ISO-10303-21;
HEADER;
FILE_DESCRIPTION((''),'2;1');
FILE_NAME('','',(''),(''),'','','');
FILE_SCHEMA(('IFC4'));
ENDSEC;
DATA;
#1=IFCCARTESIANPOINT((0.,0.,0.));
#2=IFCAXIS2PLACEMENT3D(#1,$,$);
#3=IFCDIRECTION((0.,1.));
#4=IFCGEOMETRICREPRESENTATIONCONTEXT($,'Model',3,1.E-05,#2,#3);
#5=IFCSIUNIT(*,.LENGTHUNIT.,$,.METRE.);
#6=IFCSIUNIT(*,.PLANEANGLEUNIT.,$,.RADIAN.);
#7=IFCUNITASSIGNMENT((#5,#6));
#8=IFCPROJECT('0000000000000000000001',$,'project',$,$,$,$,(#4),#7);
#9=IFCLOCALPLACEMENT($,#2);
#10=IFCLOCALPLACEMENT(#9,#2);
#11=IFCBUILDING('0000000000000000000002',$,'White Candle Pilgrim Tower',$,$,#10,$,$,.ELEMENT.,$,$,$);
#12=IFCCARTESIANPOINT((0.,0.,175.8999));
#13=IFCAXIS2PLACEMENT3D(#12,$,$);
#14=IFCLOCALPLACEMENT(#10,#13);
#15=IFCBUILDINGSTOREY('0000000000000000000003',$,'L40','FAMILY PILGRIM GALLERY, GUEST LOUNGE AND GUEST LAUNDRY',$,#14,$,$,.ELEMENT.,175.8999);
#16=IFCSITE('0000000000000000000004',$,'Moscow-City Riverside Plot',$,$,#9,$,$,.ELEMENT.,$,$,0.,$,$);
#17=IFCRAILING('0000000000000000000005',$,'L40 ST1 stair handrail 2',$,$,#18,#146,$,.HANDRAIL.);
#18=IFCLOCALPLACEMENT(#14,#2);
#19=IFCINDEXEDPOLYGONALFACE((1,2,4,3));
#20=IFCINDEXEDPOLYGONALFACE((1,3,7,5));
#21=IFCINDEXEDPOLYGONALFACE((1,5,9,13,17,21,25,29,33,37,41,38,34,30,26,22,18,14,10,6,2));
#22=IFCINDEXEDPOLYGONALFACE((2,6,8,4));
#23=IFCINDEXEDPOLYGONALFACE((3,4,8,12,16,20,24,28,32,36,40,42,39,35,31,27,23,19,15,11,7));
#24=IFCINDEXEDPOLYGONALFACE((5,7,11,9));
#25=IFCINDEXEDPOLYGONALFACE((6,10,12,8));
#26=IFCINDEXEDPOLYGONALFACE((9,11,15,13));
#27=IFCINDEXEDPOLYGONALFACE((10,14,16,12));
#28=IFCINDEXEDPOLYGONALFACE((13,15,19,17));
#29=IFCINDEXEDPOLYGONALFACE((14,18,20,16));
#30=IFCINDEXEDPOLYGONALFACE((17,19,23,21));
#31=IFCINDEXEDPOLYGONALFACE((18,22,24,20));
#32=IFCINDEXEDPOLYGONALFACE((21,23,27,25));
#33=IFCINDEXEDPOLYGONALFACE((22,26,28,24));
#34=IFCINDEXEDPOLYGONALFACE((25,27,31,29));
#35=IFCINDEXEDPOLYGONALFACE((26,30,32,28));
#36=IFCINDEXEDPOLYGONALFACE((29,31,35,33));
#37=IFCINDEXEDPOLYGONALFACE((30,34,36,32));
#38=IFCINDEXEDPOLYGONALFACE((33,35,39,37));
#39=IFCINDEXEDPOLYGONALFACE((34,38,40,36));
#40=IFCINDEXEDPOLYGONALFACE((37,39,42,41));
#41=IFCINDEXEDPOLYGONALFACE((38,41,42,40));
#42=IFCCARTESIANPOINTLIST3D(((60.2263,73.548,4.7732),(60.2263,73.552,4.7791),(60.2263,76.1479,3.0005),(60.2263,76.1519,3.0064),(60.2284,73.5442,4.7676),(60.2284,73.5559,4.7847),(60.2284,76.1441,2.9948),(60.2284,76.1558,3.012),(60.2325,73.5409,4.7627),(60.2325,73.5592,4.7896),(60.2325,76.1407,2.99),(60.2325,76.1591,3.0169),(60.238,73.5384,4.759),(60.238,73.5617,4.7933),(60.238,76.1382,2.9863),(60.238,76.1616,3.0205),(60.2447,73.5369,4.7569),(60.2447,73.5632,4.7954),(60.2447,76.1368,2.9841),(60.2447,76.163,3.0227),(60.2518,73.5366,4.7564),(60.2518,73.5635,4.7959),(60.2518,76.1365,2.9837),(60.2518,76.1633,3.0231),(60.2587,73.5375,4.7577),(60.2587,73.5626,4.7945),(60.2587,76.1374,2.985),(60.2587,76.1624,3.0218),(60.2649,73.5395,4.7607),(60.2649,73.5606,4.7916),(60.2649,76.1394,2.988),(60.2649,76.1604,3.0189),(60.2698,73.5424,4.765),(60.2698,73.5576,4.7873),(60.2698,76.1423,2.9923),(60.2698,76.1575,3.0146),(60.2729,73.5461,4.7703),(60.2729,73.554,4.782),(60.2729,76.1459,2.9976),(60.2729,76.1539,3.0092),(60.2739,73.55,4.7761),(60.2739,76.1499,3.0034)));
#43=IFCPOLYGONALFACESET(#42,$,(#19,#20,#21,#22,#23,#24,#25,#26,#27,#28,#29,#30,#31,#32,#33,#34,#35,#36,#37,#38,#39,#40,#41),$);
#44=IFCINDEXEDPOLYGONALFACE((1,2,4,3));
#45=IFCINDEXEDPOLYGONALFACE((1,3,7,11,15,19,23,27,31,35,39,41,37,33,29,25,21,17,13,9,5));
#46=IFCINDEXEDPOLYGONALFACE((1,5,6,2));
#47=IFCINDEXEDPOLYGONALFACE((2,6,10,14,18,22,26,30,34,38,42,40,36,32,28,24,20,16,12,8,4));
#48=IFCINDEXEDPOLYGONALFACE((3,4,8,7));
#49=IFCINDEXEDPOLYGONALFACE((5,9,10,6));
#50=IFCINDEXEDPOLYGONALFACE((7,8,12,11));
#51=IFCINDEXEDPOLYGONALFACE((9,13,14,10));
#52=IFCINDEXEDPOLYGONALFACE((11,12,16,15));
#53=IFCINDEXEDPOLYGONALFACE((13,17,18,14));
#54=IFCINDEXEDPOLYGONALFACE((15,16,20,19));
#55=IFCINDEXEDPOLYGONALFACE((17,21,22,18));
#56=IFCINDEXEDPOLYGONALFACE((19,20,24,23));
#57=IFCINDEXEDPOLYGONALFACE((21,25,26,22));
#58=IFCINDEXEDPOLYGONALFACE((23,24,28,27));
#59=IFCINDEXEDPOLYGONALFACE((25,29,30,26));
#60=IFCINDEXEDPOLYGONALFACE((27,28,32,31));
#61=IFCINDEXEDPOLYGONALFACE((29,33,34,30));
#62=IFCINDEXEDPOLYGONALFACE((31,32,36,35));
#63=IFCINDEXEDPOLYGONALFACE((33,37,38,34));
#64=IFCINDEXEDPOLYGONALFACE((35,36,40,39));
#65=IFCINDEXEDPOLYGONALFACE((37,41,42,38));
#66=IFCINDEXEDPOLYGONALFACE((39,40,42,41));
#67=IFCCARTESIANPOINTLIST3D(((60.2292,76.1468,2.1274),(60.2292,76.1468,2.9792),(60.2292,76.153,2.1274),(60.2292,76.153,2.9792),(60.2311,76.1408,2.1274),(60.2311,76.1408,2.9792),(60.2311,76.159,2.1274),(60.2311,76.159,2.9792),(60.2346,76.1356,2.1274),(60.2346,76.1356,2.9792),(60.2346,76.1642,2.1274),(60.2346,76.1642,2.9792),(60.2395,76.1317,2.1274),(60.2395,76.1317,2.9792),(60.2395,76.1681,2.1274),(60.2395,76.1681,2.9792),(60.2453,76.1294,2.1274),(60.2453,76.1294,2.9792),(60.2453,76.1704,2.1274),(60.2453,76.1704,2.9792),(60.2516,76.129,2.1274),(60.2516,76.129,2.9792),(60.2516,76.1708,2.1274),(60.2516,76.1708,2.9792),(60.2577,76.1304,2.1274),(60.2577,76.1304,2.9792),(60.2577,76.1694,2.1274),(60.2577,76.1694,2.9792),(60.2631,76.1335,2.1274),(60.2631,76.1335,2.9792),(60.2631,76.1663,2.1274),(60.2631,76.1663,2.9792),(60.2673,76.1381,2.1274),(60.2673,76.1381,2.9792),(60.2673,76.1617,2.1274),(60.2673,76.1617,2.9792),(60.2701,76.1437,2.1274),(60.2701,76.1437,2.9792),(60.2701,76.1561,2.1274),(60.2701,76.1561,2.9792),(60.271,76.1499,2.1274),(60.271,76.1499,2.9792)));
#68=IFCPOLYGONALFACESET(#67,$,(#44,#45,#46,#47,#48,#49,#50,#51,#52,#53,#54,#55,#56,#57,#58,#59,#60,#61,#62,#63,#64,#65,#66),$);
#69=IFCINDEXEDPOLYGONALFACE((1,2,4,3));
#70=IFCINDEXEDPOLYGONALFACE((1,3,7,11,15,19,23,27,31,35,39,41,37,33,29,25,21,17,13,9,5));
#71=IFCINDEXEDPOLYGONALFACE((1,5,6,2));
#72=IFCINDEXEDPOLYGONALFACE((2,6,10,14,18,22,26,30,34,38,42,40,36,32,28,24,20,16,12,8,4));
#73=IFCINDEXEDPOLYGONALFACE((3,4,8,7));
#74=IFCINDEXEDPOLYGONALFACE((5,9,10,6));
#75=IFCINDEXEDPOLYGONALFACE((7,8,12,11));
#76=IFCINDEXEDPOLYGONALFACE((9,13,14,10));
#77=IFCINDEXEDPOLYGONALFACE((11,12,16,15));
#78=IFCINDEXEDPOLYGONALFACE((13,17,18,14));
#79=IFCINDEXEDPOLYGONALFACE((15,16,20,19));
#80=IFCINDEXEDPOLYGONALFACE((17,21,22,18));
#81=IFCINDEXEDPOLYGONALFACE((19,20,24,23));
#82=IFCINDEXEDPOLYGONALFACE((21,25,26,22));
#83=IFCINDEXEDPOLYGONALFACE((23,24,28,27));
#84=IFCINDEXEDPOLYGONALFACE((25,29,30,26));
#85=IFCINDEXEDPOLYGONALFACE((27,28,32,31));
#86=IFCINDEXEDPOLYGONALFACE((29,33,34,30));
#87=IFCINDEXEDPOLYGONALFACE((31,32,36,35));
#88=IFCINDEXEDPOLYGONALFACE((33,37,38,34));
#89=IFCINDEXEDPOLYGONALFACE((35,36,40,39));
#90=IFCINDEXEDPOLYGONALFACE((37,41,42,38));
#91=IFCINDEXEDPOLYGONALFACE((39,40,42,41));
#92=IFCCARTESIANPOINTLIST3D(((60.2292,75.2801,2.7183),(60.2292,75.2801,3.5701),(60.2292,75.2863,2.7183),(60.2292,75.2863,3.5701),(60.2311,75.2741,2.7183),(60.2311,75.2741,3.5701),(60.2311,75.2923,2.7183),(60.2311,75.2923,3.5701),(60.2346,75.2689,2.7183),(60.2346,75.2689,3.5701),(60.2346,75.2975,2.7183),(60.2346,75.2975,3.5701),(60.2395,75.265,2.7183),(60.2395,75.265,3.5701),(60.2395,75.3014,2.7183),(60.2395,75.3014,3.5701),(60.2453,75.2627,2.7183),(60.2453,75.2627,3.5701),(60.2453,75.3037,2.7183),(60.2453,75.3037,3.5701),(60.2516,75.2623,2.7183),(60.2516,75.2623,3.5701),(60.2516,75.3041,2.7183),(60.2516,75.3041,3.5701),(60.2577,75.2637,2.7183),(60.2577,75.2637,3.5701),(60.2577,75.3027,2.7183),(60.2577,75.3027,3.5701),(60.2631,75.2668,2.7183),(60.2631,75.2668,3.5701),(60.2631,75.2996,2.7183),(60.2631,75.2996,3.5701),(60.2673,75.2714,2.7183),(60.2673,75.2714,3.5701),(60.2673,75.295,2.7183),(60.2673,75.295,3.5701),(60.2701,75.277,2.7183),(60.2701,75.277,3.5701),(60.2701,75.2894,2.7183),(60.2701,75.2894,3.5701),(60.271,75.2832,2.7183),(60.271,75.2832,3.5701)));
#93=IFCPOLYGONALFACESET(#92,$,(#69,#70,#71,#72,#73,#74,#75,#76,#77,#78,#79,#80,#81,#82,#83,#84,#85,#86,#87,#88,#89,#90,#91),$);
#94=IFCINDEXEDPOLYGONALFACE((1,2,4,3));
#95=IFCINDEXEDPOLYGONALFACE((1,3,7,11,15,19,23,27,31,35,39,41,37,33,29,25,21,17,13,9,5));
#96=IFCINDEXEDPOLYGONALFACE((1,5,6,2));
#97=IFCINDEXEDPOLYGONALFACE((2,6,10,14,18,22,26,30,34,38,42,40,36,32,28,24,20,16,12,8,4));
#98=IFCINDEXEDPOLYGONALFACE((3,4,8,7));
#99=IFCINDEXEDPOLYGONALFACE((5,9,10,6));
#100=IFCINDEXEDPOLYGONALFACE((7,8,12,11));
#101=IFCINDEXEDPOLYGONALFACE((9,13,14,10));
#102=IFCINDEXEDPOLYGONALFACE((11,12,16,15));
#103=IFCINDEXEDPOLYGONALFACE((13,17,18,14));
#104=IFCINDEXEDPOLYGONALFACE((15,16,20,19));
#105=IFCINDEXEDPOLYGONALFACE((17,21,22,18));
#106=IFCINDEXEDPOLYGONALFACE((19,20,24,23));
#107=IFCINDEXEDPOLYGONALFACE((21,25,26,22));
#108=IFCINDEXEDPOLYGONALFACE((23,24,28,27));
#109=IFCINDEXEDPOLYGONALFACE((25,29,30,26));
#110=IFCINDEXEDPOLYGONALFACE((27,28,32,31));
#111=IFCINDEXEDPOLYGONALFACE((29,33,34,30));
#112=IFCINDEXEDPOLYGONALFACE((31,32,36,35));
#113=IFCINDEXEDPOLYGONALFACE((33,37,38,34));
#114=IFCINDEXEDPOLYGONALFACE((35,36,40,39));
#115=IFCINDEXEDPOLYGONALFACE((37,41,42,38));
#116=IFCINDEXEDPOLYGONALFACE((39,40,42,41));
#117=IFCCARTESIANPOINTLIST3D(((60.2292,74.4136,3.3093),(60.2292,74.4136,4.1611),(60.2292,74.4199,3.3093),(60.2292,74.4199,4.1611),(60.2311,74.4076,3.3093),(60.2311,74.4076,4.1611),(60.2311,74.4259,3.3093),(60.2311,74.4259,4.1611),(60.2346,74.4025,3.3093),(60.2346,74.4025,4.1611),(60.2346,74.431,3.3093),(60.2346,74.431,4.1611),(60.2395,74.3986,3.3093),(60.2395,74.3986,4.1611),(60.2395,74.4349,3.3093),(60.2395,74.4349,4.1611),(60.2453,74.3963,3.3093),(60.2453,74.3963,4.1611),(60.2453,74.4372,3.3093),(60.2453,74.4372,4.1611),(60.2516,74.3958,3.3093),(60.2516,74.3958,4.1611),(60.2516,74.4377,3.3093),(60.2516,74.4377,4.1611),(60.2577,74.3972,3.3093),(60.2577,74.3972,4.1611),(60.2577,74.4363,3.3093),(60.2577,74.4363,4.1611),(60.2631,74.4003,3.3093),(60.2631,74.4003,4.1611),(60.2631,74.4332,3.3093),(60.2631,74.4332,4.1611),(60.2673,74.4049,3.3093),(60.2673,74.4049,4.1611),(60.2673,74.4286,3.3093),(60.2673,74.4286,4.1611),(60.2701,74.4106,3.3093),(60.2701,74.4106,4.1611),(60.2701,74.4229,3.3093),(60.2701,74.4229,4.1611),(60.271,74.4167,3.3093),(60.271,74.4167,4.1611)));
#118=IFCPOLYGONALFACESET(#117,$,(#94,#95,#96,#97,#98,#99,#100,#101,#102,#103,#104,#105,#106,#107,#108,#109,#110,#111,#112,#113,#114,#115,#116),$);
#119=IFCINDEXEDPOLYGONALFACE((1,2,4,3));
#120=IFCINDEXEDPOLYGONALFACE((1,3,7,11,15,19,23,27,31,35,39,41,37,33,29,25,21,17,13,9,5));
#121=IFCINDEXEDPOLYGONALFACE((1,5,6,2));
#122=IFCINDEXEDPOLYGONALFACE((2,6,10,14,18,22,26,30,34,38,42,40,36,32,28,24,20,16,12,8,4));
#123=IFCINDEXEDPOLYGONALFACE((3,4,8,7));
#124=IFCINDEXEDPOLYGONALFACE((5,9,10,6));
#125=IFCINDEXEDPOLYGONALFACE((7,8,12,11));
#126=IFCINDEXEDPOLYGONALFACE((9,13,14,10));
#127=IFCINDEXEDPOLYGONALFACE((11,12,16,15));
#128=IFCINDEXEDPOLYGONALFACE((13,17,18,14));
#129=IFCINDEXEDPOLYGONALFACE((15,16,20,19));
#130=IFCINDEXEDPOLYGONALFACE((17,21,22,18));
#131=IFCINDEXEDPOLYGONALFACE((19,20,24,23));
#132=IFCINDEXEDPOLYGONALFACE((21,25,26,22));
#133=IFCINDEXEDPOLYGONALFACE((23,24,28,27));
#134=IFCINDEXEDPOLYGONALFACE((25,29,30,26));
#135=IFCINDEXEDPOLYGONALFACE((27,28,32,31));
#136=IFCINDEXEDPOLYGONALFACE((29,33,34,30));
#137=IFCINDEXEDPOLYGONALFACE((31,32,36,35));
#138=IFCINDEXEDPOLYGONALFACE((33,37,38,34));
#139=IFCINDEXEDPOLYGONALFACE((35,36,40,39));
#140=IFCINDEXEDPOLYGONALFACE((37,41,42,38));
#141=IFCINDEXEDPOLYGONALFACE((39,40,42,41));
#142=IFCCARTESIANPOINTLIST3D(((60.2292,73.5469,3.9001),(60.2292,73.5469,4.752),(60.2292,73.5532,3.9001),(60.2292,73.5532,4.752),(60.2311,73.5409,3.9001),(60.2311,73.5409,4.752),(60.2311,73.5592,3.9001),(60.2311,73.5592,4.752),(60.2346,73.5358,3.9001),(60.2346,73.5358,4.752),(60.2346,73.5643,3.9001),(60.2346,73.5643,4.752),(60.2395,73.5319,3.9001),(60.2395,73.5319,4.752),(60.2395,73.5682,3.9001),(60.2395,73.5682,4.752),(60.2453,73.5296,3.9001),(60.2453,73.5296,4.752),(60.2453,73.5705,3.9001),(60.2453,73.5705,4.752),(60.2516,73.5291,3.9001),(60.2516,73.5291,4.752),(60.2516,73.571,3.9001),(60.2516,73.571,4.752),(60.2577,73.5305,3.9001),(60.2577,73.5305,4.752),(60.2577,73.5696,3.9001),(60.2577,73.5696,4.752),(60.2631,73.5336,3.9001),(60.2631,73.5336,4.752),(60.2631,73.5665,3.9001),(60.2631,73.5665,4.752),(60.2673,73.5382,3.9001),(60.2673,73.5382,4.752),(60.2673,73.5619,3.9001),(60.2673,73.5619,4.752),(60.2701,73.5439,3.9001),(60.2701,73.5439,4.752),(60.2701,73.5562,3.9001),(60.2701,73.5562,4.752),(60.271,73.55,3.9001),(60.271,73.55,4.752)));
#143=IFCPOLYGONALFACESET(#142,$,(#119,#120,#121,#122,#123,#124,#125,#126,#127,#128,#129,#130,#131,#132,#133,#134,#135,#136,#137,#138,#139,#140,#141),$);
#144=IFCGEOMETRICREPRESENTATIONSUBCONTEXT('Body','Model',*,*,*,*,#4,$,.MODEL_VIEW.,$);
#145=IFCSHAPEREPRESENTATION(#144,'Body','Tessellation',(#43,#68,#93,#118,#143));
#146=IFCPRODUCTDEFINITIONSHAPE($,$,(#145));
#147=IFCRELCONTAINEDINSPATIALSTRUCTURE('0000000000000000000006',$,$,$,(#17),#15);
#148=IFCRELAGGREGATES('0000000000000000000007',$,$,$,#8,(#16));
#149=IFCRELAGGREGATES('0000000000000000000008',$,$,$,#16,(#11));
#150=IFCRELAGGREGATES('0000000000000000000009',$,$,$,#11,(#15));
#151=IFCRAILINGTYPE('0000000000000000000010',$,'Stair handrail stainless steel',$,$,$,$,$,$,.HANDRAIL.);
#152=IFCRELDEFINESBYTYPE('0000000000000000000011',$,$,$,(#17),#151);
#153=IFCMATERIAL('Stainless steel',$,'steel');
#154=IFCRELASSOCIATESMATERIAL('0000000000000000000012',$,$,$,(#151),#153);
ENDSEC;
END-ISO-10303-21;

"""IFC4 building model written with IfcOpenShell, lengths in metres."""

from ifc_helpers import new_model, si_unit, direction, frame, origin, origin_2d, place, context, subcontext, project, spatial, circle, extrude, material, type_object, element, save


model = new_model("IFC4")

# Units and contexts
model_context = context("Model", 3, precision=1e-05, world=origin(), true_north=direction((0.0, 1.0)))
body_context = subcontext(model_context, "Body", "Model", "MODEL_VIEW")
ifc_project = project(units=[si_unit("LENGTHUNIT", "METRE"), si_unit("PLANEANGLEUNIT", "RADIAN")], contexts=[model_context])

# Site, building, storey
site_placement = place(None, origin())
site = spatial("IfcSite", under=ifc_project, at=site_placement, Name="Moscow-City Riverside Plot", CompositionType="ELEMENT", RefElevation=0.0)
building_placement = place(site_placement, origin())
building = spatial("IfcBuilding", under=site, at=building_placement, Name="White Candle Pilgrim Tower", CompositionType="ELEMENT")
storey_placement = place(building_placement, frame((0.0, 0.0, 175.8999)))
storey = spatial("IfcBuildingStorey", under=building, at=storey_placement, Name="L40", Description="FAMILY PILGRIM GALLERY, GUEST LOUNGE AND GUEST LAUNDRY", CompositionType="ELEMENT", Elevation=175.8999)

# Shared definitions
ifc_material_1 = material(Name="Stainless steel", Category="steel")

# Railing
railing_type_1 = type_object("IfcRailingType", Name="Stair handrail stainless steel", PredefinedType="HANDRAIL", material=ifc_material_1)
railing_1_placement = place(storey_placement, frame((60.25, 76.1499, 2.1274)))
element("IfcRailing", 1, at=railing_1_placement, inside=storey, type_object=railing_type_1, Name="L40 ST1 stair handrail 2", PredefinedType="HANDRAIL", context=body_context, shape_type="SweptSolid", body=[
    extrude(circle(Radius=0.0239, at=origin_2d()), frame((0.0, 0.0, 0.876), z_axis=(0.0, -0.826216, 0.563354), x_axis=(1.0, 0.0, 0.0)), (0.0, 0.0, 1.0), 3.1467),
    extrude(circle(Radius=0.021, at=origin_2d()), origin(), (0.0, 0.0, 1.0), 0.8518),
    extrude(circle(Radius=0.021, at=origin_2d()), frame((0.0, -0.8667, 0.5908)), (0.0, 0.0, 1.0), 0.8518),
    extrude(circle(Radius=0.021, at=origin_2d()), frame((0.0, -1.7332, 1.1819)), (0.0, 0.0, 1.0), 0.8518),
    extrude(circle(Radius=0.021, at=origin_2d()), frame((0.0, -2.5999, 1.7727)), (0.0, 0.0, 1.0), 0.8518),
])

save(model, "model.ifc")
